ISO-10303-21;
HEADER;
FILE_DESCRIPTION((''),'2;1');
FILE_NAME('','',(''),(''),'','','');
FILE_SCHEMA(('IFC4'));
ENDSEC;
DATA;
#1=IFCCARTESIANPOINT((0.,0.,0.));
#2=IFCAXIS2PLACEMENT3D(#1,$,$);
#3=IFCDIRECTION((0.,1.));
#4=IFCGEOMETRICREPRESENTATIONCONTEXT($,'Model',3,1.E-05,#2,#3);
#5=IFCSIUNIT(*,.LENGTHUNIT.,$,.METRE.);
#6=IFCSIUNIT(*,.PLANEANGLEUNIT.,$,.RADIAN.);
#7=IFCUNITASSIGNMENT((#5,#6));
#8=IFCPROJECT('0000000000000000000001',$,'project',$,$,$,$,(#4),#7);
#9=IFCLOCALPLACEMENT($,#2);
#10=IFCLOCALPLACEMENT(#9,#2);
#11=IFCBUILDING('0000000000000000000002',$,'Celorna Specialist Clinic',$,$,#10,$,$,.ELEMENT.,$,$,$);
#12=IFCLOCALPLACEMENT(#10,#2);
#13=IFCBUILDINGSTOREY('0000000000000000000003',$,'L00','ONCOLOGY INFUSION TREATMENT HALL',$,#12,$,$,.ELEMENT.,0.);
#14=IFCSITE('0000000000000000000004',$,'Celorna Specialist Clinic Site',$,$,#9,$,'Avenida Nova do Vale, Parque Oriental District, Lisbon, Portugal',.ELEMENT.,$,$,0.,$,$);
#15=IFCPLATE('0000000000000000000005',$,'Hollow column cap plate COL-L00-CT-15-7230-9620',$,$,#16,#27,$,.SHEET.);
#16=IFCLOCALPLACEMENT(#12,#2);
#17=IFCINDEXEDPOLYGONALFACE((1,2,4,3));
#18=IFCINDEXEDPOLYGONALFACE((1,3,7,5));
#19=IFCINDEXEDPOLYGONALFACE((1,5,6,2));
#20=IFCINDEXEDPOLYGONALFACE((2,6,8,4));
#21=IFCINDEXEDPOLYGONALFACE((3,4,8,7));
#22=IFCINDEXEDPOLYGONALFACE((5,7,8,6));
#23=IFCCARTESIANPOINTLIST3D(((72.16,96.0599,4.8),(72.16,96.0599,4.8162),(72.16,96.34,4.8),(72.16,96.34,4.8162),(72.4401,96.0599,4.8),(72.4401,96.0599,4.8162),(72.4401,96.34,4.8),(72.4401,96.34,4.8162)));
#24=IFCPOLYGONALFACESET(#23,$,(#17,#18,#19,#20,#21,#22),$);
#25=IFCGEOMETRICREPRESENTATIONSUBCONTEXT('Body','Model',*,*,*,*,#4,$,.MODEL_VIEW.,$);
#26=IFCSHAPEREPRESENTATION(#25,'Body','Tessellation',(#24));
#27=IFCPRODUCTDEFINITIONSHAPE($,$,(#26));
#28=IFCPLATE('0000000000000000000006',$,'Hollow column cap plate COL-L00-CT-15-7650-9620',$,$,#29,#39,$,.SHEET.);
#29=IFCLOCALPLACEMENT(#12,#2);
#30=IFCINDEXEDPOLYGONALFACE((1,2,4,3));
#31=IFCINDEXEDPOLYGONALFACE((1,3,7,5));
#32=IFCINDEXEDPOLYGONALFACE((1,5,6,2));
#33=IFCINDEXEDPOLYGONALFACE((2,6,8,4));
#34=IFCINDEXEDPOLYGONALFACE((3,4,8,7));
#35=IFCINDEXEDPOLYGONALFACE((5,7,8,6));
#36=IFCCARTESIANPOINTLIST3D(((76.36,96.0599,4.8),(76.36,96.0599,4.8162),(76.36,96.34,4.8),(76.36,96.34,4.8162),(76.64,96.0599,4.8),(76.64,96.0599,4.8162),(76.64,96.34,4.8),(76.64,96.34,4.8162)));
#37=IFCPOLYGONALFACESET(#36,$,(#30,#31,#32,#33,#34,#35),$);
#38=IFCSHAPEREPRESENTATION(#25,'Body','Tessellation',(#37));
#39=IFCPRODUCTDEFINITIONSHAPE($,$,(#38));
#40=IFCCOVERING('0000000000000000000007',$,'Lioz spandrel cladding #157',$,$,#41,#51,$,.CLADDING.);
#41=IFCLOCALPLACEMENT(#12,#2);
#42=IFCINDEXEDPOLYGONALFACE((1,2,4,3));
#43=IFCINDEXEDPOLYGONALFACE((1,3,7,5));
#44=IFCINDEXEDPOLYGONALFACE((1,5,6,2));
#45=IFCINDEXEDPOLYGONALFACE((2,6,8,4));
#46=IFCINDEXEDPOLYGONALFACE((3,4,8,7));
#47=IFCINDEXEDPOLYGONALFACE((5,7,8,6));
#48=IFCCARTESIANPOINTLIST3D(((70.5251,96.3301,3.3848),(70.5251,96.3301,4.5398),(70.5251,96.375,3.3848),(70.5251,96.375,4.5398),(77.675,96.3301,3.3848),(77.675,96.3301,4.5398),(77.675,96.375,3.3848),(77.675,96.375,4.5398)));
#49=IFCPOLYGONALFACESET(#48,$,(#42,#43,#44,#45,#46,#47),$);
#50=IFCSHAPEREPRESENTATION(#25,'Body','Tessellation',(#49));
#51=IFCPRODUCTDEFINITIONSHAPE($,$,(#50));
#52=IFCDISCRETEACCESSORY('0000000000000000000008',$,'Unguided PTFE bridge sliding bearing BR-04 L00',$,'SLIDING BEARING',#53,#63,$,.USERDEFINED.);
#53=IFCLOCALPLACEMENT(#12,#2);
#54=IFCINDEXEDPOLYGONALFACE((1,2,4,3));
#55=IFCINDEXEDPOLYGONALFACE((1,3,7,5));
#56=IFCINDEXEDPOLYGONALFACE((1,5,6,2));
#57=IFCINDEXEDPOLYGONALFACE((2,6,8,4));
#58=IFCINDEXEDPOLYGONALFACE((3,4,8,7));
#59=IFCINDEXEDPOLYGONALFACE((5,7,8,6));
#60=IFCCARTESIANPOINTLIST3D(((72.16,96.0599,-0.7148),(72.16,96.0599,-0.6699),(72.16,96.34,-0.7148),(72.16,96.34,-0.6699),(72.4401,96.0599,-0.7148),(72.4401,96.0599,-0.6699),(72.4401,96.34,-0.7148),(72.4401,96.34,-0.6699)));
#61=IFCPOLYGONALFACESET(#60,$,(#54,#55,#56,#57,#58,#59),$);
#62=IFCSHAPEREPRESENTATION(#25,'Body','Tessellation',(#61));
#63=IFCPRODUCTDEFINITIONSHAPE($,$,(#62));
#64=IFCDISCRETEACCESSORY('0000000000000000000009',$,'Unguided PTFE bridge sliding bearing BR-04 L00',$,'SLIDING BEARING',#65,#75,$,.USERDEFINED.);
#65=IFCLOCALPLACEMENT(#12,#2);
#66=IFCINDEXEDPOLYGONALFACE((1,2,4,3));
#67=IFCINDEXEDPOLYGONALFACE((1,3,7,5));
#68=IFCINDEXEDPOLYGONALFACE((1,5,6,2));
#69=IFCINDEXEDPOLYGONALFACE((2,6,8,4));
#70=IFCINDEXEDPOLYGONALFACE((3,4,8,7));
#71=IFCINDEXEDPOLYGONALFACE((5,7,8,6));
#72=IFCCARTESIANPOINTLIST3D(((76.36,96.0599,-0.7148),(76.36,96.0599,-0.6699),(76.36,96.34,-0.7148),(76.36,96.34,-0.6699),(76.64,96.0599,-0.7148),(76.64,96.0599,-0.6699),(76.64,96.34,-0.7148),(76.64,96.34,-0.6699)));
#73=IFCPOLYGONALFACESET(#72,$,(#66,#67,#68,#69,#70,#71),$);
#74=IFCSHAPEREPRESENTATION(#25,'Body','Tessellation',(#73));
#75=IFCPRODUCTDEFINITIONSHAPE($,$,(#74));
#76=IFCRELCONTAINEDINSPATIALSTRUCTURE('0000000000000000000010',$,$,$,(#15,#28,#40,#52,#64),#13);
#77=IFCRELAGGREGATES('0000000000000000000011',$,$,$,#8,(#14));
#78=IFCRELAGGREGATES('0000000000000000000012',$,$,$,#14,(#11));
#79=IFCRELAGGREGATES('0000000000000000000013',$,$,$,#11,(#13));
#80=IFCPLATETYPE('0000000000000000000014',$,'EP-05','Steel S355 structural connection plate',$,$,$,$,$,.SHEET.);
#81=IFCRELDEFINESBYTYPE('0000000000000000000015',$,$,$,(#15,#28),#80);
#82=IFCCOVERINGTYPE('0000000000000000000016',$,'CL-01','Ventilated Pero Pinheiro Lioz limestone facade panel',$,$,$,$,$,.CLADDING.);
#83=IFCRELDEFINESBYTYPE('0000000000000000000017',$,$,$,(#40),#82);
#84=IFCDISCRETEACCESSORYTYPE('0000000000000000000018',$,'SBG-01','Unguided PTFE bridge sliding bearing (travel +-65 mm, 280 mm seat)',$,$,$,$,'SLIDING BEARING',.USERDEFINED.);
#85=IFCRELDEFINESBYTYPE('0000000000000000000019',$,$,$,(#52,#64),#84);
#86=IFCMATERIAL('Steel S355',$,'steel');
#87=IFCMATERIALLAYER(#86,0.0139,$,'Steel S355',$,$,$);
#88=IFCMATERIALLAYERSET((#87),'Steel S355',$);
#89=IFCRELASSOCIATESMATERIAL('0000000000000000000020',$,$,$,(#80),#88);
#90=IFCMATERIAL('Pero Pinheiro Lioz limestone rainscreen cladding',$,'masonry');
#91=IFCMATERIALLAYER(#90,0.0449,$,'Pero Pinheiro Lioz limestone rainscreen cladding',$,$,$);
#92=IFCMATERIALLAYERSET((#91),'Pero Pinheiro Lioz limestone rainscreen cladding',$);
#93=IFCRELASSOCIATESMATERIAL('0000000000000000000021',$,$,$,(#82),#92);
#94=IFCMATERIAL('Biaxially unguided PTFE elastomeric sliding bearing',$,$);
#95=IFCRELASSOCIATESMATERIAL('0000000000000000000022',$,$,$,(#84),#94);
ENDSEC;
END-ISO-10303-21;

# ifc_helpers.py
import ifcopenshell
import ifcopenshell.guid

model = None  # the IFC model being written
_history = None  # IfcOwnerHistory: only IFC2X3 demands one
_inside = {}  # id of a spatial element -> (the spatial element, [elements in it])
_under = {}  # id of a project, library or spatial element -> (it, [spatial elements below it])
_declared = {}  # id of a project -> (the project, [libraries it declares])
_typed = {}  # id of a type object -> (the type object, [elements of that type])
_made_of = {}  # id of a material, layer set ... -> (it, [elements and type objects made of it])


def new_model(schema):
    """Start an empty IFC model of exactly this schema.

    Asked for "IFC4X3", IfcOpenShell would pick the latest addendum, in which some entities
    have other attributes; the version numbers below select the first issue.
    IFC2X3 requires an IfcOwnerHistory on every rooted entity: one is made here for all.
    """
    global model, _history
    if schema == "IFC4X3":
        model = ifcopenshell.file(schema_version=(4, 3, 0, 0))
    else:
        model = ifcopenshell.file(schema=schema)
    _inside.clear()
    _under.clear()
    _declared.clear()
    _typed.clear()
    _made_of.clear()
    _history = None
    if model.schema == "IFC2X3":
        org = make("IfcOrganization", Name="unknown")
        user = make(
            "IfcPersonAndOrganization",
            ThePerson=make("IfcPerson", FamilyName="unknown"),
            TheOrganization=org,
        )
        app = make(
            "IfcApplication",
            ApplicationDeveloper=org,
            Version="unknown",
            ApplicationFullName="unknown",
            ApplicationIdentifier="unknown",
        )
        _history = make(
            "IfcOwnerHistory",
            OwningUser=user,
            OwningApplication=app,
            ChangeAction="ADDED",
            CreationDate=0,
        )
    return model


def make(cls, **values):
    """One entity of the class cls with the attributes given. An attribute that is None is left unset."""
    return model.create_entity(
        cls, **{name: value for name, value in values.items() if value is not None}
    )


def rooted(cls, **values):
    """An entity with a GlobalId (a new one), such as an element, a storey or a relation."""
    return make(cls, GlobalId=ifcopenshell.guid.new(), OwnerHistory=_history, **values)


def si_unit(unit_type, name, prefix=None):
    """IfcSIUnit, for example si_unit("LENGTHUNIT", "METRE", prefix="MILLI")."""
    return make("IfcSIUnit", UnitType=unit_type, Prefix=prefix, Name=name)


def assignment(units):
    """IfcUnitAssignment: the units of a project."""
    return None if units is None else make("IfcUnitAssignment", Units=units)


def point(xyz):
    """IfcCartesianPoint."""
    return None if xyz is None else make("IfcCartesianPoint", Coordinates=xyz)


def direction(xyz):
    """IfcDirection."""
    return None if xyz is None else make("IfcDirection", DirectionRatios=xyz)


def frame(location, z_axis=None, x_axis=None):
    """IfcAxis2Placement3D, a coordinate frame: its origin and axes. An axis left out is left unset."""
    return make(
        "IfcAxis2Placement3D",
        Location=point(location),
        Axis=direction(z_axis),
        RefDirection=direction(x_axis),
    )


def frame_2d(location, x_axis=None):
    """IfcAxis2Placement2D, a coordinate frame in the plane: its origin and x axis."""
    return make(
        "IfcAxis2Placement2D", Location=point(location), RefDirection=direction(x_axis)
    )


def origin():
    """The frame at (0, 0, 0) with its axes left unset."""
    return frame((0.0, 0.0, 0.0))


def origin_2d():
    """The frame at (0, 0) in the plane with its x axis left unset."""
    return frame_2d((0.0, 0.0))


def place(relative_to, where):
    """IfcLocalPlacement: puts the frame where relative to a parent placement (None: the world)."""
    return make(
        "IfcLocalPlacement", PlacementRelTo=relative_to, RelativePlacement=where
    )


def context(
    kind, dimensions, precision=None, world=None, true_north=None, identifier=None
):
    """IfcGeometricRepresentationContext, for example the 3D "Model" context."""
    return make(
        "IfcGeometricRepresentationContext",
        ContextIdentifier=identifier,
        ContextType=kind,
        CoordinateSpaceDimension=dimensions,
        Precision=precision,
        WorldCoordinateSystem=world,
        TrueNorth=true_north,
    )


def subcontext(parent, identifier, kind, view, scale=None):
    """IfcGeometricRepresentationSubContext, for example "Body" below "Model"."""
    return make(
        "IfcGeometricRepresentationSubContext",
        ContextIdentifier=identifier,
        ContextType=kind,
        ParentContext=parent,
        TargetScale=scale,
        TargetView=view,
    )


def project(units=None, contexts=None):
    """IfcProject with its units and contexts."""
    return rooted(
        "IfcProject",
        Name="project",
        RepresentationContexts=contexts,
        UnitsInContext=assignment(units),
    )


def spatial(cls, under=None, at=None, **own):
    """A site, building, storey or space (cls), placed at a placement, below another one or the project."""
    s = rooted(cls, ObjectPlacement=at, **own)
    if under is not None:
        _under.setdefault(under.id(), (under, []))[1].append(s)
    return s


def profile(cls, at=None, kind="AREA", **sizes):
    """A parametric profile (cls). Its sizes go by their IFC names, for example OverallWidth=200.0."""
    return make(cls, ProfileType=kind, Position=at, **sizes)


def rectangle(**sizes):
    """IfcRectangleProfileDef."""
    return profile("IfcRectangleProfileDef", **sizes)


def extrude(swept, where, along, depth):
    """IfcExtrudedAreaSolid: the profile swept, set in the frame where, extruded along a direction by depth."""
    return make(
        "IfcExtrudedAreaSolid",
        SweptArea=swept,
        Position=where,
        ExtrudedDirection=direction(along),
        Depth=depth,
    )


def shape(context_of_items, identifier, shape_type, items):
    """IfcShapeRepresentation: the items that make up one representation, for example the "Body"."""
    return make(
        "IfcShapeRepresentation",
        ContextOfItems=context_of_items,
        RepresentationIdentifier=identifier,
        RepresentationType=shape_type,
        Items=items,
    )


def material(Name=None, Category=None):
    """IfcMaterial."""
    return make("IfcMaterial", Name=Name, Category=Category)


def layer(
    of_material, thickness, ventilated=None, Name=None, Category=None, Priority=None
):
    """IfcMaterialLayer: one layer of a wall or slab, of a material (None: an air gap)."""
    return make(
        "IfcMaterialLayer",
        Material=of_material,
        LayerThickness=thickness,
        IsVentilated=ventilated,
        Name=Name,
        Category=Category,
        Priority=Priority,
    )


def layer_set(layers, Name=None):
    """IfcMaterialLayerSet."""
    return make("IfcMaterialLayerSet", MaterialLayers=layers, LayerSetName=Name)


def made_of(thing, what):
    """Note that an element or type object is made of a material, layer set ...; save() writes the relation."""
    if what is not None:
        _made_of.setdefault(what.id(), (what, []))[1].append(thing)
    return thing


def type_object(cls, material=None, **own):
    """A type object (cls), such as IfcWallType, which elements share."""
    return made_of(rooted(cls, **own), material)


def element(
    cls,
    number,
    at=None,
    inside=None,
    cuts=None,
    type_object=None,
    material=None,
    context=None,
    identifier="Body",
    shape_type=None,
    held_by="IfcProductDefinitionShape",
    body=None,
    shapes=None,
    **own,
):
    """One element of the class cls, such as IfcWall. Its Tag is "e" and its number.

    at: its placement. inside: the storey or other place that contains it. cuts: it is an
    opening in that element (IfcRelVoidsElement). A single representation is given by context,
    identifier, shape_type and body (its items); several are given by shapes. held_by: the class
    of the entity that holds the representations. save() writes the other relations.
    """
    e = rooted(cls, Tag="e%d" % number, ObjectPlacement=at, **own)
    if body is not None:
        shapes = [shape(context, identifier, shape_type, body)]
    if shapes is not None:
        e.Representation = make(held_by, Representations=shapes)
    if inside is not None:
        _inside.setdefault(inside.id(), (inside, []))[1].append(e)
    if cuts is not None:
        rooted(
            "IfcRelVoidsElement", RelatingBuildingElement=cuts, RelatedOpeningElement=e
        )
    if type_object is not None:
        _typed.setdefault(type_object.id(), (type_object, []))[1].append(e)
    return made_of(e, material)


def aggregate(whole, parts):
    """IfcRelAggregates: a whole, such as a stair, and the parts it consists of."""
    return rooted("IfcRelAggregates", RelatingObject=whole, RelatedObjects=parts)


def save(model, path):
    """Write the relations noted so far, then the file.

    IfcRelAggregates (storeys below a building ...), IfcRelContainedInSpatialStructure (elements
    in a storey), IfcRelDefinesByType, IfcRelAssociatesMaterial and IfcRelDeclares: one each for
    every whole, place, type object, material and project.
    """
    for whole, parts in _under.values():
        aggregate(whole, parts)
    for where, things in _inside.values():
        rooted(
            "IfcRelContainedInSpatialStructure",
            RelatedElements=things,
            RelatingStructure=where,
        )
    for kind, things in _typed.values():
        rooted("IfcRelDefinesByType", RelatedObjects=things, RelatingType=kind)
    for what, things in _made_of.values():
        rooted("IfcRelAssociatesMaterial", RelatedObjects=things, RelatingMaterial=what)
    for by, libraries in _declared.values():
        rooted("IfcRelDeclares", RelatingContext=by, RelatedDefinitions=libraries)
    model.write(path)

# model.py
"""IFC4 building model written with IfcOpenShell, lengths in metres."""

from ifc_helpers import new_model, si_unit, direction, frame, origin, origin_2d, place, context, subcontext, project, spatial, rectangle, extrude, material, layer, layer_set, type_object, element, save


model = new_model("IFC4")

# Units and contexts
model_context = context("Model", 3, precision=1e-05, world=origin(), true_north=direction((0.0, 1.0)))
body_context = subcontext(model_context, "Body", "Model", "MODEL_VIEW")
ifc_project = project(units=[si_unit("LENGTHUNIT", "METRE"), si_unit("PLANEANGLEUNIT", "RADIAN")], contexts=[model_context])

# Site, building, storey
site_placement = place(None, origin())
site = spatial("IfcSite", under=ifc_project, at=site_placement, Name="Celorna Specialist Clinic Site", LongName="Avenida Nova do Vale, Parque Oriental District, Lisbon, Portugal", CompositionType="ELEMENT", RefElevation=0.0)
building_placement = place(site_placement, origin())
building = spatial("IfcBuilding", under=site, at=building_placement, Name="Celorna Specialist Clinic", CompositionType="ELEMENT")
storey_placement = place(building_placement, origin())
storey = spatial("IfcBuildingStorey", under=building, at=storey_placement, Name="L00", Description="ONCOLOGY INFUSION TREATMENT HALL", CompositionType="ELEMENT", Elevation=0.0)

# Shared definitions
ifc_material_1 = material(Name="Steel S355", Category="steel")

# Plates
ifc_layer_1 = layer(ifc_material_1, 0.0139, Name="Steel S355")
ifc_layer_set_1 = layer_set([ifc_layer_1], Name="Steel S355")
plate_type_1 = type_object("IfcPlateType", Name="EP-05", Description="Steel S355 structural connection plate", PredefinedType="SHEET", material=ifc_layer_set_1)
for number, where, z_axis, x_axis, name in (
    (1, (72.3, 96.2, 4.8), (0.0, 0.0, 1.0), (1.0, 0.0, 0.0), "Hollow column cap plate COL-L00-CT-15-7230-9620"),
    (2, (76.5, 96.2, 4.8), (0.0, 0.0, 1.0), (1.0, 0.0, 0.0), "Hollow column cap plate COL-L00-CT-15-7650-9620"),
):
    element("IfcPlate", number, at=place(storey_placement, frame(where, z_axis=z_axis, x_axis=x_axis)), inside=storey, type_object=plate_type_1, Name=name, PredefinedType="SHEET", context=body_context, shape_type="SweptSolid", body=[
        extrude(rectangle(XDim=0.28, YDim=0.28, at=origin_2d()), origin(), (0.0, 0.0, 1.0), 0.0161),
    ])

# Covering
ifc_material_2 = material(Name="Pero Pinheiro Lioz limestone rainscreen cladding", Category="masonry")
ifc_layer_2 = layer(ifc_material_2, 0.0449, Name="Pero Pinheiro Lioz limestone rainscreen cladding")
ifc_layer_set_2 = layer_set([ifc_layer_2], Name="Pero Pinheiro Lioz limestone rainscreen cladding")
covering_type = type_object("IfcCoveringType", Name="CL-01", Description="Ventilated Pero Pinheiro Lioz limestone facade panel", PredefinedType="CLADDING", material=ifc_layer_set_2)
covering_placement = place(storey_placement, frame((74.1001, 96.3525, 3.3848), z_axis=(0.0, 0.0, 1.0), x_axis=(-1.0, 0.0, 0.0)))
element("IfcCovering", 3, at=covering_placement, inside=storey, type_object=covering_type, Name="Lioz spandrel cladding #157", PredefinedType="CLADDING", context=body_context, shape_type="SweptSolid", body=[
    extrude(rectangle(XDim=7.1499, YDim=0.0449, at=origin_2d()), origin(), (0.0, 0.0, 1.0), 1.155),
])

# Discrete accessories
ifc_material_3 = material(Name="Biaxially unguided PTFE elastomeric sliding bearing")
discrete_accessory_type = type_object("IfcDiscreteAccessoryType", Name="SBG-01", Description="Unguided PTFE bridge sliding bearing (travel +-65 mm, 280 mm seat)", ElementType="SLIDING BEARING", PredefinedType="USERDEFINED", material=ifc_material_3)
for number, where, z_axis, x_axis, name in (
    (4, (72.3, 96.2, -0.7148), (0.0, 0.0, 1.0), (1.0, 0.0, 0.0), "Unguided PTFE bridge sliding bearing BR-04 L00"),
    (5, (76.5, 96.2, -0.7148), (0.0, 0.0, 1.0), (1.0, 0.0, 0.0), "Unguided PTFE bridge sliding bearing BR-04 L00"),
):
    element("IfcDiscreteAccessory", number, at=place(storey_placement, frame(where, z_axis=z_axis, x_axis=x_axis)), inside=storey, type_object=discrete_accessory_type, Name=name, ObjectType="SLIDING BEARING", PredefinedType="USERDEFINED", context=body_context, shape_type="SweptSolid", body=[
        extrude(rectangle(XDim=0.28, YDim=0.28, at=origin_2d()), origin(), (0.0, 0.0, 1.0), 0.0449),
    ])

save(model, "model.ifc")
